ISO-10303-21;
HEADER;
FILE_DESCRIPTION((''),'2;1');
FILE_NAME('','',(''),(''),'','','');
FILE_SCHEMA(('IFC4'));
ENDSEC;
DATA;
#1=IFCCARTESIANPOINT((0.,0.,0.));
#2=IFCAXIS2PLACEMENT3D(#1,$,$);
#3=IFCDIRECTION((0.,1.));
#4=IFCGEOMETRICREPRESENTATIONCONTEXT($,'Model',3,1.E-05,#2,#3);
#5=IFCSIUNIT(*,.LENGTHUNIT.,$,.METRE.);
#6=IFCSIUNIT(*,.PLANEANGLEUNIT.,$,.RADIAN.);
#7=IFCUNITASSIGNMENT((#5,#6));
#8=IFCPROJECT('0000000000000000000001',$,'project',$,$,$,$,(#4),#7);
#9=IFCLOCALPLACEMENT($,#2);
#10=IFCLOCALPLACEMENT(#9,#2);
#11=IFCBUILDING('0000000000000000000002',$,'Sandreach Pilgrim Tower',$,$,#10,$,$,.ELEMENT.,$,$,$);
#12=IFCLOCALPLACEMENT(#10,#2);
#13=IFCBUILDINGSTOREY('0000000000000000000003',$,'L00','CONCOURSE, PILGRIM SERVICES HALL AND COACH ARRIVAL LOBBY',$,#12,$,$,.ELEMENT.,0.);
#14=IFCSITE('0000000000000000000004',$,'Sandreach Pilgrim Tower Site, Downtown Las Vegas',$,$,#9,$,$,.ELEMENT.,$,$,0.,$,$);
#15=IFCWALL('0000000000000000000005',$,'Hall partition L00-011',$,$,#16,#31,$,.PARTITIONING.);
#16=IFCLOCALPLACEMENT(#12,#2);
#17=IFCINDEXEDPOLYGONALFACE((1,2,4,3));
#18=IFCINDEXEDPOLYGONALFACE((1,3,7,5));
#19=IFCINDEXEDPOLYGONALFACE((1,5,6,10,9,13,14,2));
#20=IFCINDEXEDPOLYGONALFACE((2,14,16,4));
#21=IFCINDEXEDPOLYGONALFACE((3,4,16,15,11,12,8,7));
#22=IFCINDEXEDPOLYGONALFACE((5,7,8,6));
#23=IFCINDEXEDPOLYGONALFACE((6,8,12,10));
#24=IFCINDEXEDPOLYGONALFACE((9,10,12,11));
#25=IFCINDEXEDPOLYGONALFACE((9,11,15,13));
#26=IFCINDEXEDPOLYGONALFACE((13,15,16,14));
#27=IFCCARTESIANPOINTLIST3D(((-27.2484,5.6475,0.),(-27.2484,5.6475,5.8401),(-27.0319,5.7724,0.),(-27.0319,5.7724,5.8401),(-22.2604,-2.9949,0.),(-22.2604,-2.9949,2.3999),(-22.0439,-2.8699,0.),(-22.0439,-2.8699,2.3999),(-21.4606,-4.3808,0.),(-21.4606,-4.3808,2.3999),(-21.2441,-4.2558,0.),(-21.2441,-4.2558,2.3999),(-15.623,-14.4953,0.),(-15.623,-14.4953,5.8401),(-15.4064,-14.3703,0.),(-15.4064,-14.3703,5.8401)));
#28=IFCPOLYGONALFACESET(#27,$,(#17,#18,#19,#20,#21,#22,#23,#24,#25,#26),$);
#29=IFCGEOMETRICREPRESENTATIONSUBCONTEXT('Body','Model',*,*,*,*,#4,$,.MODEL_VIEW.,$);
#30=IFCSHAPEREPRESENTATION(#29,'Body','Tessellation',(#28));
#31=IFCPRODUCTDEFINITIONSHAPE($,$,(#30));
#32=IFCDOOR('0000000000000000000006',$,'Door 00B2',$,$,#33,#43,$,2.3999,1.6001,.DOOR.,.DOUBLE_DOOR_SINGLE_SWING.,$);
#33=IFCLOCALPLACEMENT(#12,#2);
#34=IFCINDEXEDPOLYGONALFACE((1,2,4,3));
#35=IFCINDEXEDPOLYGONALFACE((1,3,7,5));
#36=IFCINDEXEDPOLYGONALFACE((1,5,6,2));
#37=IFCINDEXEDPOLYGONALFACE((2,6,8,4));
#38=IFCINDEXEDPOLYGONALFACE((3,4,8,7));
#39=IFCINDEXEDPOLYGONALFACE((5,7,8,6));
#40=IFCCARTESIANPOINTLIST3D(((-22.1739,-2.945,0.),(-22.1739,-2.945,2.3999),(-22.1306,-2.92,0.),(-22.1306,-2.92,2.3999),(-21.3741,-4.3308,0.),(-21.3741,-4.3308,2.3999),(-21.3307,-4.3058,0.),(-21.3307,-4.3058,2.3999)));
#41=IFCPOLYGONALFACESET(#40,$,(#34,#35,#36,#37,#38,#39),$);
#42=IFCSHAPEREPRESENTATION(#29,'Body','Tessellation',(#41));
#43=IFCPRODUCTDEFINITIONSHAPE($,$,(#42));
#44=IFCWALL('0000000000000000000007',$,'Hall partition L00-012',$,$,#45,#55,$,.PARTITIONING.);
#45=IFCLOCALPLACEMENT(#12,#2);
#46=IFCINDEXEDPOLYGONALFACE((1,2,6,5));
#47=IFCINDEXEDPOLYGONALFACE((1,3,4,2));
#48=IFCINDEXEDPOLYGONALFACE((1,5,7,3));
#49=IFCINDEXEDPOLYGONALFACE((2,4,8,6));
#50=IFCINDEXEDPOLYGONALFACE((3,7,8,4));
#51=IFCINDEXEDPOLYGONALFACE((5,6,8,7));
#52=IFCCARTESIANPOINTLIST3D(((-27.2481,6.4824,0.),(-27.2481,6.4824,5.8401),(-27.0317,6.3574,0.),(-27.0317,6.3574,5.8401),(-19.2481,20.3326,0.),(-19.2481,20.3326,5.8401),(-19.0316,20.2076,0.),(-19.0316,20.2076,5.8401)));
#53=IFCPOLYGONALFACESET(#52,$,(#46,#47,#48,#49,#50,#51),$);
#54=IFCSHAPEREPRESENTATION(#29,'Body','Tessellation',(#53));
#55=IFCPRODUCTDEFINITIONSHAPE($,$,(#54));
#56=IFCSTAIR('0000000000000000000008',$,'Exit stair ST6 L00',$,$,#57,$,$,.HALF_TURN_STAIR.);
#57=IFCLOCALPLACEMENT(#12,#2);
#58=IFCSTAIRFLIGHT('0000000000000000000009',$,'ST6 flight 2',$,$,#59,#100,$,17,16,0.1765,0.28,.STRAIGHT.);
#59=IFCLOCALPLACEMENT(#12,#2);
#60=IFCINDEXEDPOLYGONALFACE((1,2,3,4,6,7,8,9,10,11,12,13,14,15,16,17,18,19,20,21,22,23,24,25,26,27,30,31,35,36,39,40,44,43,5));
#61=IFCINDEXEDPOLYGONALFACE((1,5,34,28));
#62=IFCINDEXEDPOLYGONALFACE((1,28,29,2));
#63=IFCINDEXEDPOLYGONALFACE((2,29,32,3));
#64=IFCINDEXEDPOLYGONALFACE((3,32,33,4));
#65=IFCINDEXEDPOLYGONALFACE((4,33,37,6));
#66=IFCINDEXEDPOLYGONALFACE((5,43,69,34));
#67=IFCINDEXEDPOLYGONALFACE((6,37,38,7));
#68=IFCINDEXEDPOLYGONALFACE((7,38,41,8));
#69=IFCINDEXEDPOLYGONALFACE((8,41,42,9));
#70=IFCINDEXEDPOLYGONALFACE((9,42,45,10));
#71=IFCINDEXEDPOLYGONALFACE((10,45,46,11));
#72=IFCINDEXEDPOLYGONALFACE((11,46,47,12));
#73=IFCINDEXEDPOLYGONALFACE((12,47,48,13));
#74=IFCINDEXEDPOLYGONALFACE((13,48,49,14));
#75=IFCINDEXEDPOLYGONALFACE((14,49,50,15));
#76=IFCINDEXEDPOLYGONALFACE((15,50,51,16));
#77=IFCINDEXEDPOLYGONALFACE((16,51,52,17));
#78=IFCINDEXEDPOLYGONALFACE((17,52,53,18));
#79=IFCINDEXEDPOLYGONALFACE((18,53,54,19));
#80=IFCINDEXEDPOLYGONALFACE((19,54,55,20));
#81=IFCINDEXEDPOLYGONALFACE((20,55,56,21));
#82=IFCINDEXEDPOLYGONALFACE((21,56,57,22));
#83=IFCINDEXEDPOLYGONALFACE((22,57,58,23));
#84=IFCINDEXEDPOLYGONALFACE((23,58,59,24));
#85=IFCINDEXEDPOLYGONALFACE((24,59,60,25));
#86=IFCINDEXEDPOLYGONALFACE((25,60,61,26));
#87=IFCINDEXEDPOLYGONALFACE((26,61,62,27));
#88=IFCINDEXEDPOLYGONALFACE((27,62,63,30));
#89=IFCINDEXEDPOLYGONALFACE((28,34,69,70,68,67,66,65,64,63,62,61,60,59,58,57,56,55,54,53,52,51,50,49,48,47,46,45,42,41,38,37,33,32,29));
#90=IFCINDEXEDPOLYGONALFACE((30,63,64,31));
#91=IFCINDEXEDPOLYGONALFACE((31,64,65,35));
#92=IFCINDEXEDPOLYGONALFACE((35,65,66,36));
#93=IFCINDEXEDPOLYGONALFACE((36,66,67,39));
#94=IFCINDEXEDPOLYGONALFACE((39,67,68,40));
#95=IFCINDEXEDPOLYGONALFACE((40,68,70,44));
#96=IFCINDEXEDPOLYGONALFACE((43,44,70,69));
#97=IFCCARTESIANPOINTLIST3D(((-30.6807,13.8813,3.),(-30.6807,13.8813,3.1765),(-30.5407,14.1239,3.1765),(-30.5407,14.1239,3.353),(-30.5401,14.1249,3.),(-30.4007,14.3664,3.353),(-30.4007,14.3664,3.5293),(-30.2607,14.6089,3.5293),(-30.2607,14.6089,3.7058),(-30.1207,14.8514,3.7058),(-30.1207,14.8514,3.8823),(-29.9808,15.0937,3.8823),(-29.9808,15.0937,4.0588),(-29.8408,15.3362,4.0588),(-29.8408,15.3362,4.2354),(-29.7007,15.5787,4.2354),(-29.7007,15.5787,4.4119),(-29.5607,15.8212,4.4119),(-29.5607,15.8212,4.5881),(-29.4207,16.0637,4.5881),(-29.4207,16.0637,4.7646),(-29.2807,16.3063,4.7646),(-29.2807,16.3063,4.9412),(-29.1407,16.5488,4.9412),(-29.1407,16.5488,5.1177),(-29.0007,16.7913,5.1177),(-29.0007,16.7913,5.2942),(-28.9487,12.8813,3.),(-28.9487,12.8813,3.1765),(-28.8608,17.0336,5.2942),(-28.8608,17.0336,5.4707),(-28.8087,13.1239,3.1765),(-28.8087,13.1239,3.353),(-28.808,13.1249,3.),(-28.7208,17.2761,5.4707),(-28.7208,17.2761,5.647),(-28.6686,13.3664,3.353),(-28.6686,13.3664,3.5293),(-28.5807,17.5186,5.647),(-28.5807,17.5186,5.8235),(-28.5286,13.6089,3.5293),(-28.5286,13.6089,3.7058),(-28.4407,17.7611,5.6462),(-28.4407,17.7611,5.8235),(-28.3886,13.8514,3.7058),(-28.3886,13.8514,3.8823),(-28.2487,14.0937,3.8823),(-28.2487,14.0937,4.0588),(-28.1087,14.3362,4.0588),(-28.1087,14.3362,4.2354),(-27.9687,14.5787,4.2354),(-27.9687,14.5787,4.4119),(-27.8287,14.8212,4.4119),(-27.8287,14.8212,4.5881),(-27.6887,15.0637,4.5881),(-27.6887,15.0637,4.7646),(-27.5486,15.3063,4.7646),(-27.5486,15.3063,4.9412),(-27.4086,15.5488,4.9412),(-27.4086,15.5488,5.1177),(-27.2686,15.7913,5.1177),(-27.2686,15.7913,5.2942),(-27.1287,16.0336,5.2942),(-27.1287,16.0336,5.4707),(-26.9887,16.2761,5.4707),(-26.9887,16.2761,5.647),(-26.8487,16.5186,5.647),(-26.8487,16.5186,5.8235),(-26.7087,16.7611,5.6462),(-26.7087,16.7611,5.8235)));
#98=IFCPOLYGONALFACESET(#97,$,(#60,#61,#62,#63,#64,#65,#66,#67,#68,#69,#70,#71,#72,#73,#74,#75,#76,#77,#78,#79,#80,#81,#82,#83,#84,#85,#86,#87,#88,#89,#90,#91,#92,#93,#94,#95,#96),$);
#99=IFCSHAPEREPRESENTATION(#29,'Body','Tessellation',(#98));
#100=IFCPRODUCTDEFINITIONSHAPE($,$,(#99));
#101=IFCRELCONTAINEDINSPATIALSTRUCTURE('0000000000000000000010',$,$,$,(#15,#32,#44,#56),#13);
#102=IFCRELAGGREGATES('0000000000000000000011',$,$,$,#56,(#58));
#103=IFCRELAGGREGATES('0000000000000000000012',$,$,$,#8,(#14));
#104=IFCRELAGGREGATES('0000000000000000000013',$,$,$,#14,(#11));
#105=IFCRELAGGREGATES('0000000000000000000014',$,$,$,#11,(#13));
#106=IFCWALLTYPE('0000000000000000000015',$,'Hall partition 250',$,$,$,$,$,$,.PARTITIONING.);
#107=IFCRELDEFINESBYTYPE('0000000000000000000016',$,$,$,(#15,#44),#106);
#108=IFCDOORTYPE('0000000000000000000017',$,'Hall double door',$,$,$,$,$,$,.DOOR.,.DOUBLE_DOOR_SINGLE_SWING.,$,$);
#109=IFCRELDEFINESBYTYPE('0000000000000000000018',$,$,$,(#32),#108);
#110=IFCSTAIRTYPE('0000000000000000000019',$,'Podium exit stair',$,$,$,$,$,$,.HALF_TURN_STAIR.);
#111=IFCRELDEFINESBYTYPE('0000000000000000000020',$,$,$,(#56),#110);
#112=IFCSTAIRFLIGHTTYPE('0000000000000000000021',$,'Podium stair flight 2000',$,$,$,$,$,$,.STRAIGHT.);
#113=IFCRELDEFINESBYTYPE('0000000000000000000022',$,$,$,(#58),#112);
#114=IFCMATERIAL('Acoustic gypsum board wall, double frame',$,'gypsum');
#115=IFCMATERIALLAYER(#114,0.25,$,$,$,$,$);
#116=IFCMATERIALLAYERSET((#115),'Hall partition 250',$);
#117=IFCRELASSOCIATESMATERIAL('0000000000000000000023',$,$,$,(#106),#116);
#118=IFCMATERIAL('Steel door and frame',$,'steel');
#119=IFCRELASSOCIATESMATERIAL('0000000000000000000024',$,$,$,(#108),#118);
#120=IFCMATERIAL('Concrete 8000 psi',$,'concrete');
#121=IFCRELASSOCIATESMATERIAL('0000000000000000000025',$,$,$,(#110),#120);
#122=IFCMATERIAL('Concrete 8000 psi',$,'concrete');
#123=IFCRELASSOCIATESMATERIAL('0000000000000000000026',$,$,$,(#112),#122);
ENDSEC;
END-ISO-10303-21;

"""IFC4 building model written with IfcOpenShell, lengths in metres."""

from ifc_helpers import new_model, si_unit, direction, frame, frame_2d, origin, place, context, subcontext, project, spatial, polyline, rectangle, outline, extrude, material, layer, layer_set, type_object, element, fill, aggregate, save


model = new_model("IFC4")

# Units and contexts
model_context = context("Model", 3, precision=1e-05, world=origin(), true_north=direction((0.0, 1.0)))
body_context = subcontext(model_context, "Body", "Model", "MODEL_VIEW")
ifc_project = project(units=[si_unit("LENGTHUNIT", "METRE"), si_unit("PLANEANGLEUNIT", "RADIAN")], contexts=[model_context])

# Site, building, storey
site_placement = place(None, origin())
site = spatial("IfcSite", under=ifc_project, at=site_placement, Name="Sandreach Pilgrim Tower Site, Downtown Las Vegas", CompositionType="ELEMENT", RefElevation=0.0)
building_placement = place(site_placement, origin())
building = spatial("IfcBuilding", under=site, at=building_placement, Name="Sandreach Pilgrim Tower", CompositionType="ELEMENT")
storey_placement = place(building_placement, origin())
storey = spatial("IfcBuildingStorey", under=building, at=storey_placement, Name="L00", Description="CONCOURSE, PILGRIM SERVICES HALL AND COACH ARRIVAL LOBBY", CompositionType="ELEMENT", Elevation=0.0)

# Shared definitions
ifc_material_1 = material(Name="Acoustic gypsum board wall, double frame", Category="gypsum")
ifc_layer = layer(ifc_material_1, 0.25)
ifc_layer_set = layer_set([ifc_layer], Name="Hall partition 250")
wall_type = type_object("IfcWallType", Name="Hall partition 250", PredefinedType="PARTITIONING", material=ifc_layer_set)
ifc_material_2 = material(Name="Steel door and frame", Category="steel")
door_type = type_object("IfcDoorType", Name="Hall double door", OperationType="DOUBLE_DOOR_SINGLE_SWING", PredefinedType="DOOR", material=ifc_material_2)

# Wall, opening, door
wall_1_placement = place(storey_placement, frame((-27.1401, 5.71, 0.0), z_axis=(0.0, 0.0, 1.0), x_axis=(0.499872, -0.866099, 0.0)))
wall_1 = element("IfcWall", 1, at=wall_1_placement, inside=storey, type_object=wall_type, Name="Hall partition L00-011", PredefinedType="PARTITIONING", context=body_context, shape_type="SweptSolid", body=[
    extrude(rectangle(XDim=23.2568, YDim=0.25, at=frame_2d((11.6284, 0.0))), origin(), (0.0, 0.0, 1.0), 5.8401),
])
opening_1_placement = place(wall_1_placement, frame((9.9785, 0.0, 0.0)))
opening_1 = element("IfcOpeningElement", 2, at=opening_1_placement, cuts=wall_1, PredefinedType="OPENING", context=body_context, shape_type="SweptSolid", body=[
    extrude(rectangle(XDim=1.6001, YDim=2.3999, at=frame_2d((0.8, 1.2))), frame((0.0, 0.125, 0.0), z_axis=(0.0, -1.0, 0.0), x_axis=(1.0, 0.0, 0.0)), (0.0, 0.0, 1.0), 0.25),
])
door_1_placement = place(opening_1_placement, origin())
door_1 = element("IfcDoor", 3, at=door_1_placement, inside=storey, type_object=door_type, Name="Door 00B2", OperationType="DOUBLE_DOOR_SINGLE_SWING", OverallHeight=2.3999, OverallWidth=1.6001, PredefinedType="DOOR", context=body_context, shape_type="SweptSolid", body=[
    extrude(rectangle(XDim=1.6001, YDim=2.3999, at=frame_2d((0.8, 1.2))), frame((0.0, 0.0249, 0.0), z_axis=(0.0, -1.0, 0.0), x_axis=(1.0, 0.0, 0.0)), (0.0, 0.0, 1.0), 0.05),
])
fill(opening_1, door_1)

# Wall
wall_2_placement = place(storey_placement, frame((-27.1399, 6.4199, 0.0), z_axis=(0.0, 0.0, 1.0), x_axis=(0.500171, 0.865927, 0.0)))
element("IfcWall", 4, at=wall_2_placement, inside=storey, type_object=wall_type, Name="Hall partition L00-012", PredefinedType="PARTITIONING", context=body_context, shape_type="SweptSolid", body=[
    extrude(rectangle(XDim=15.9946, YDim=0.25, at=frame_2d((7.9973, 0.0))), origin(), (0.0, 0.0, 1.0), 5.8401),
])

# Stair, stair flight
ifc_material_3 = material(Name="Concrete 8000 psi", Category="concrete")
stair_type = type_object("IfcStairType", Name="Podium exit stair", PredefinedType="HALF_TURN_STAIR", material=ifc_material_3)
stair_placement = place(storey_placement, origin())
stair = element("IfcStair", 5, at=stair_placement, inside=storey, type_object=stair_type, Name="Exit stair ST6 L00", PredefinedType="HALF_TURN_STAIR")
ifc_material_4 = material(Name="Concrete 8000 psi", Category="concrete")
stair_flight_type = type_object("IfcStairFlightType", Name="Podium stair flight 2000", PredefinedType="STRAIGHT", material=ifc_material_4)
stair_flight_placement = place(storey_placement, frame((-29.8147, 13.3813, 3.0), z_axis=(0.0, 0.0, 1.0), x_axis=(0.5, 0.866025, 0.0)))
stair_flight = element("IfcStairFlight", 6, at=stair_flight_placement, type_object=stair_flight_type, Name="ST6 flight 2", NumberOfRisers=17, NumberOfTreads=16, PredefinedType="STRAIGHT", RiserHeight=0.1765, TreadLength=0.28, context=body_context, shape_type="SweptSolid", body=[
    extrude(outline(polyline([(0.0, 0.0), (0.0, 0.1765), (0.28, 0.1765), (0.28, 0.353), (0.5601, 0.353), (0.5601, 0.5293), (0.8401, 0.5293), (0.8401, 0.7058), (1.1201, 0.7058), (1.1201, 0.8823), (1.3999, 0.8823), (1.3999, 1.0588), (1.6799, 1.0588), (1.6799, 1.2354), (1.96, 1.2354), (1.96, 1.4119), (2.24, 1.4119), (2.24, 1.5881), (2.52, 1.5881), (2.52, 1.7646), (2.8, 1.7646), (2.8, 1.9412), (3.0801, 1.9412), (3.0801, 2.1177), (3.3601, 2.1177), (3.3601, 2.2942), (3.6399, 2.2942), (3.6399, 2.4707), (3.9199, 2.4707), (3.9199, 2.647), (4.2, 2.647), (4.2, 2.8235), (4.48, 2.8235), (4.48, 3.0), (4.48, 2.6462), (0.2812, 0.0), (0.0, 0.0)])), frame((0.0, 1.0, 0.0), z_axis=(0.0, -1.0, 0.0), x_axis=(1.0, 0.0, 0.0)), (0.0, 0.0, 1.0), 2.0),
])
aggregate(stair, [stair_flight])

save(model, "model.ifc")
